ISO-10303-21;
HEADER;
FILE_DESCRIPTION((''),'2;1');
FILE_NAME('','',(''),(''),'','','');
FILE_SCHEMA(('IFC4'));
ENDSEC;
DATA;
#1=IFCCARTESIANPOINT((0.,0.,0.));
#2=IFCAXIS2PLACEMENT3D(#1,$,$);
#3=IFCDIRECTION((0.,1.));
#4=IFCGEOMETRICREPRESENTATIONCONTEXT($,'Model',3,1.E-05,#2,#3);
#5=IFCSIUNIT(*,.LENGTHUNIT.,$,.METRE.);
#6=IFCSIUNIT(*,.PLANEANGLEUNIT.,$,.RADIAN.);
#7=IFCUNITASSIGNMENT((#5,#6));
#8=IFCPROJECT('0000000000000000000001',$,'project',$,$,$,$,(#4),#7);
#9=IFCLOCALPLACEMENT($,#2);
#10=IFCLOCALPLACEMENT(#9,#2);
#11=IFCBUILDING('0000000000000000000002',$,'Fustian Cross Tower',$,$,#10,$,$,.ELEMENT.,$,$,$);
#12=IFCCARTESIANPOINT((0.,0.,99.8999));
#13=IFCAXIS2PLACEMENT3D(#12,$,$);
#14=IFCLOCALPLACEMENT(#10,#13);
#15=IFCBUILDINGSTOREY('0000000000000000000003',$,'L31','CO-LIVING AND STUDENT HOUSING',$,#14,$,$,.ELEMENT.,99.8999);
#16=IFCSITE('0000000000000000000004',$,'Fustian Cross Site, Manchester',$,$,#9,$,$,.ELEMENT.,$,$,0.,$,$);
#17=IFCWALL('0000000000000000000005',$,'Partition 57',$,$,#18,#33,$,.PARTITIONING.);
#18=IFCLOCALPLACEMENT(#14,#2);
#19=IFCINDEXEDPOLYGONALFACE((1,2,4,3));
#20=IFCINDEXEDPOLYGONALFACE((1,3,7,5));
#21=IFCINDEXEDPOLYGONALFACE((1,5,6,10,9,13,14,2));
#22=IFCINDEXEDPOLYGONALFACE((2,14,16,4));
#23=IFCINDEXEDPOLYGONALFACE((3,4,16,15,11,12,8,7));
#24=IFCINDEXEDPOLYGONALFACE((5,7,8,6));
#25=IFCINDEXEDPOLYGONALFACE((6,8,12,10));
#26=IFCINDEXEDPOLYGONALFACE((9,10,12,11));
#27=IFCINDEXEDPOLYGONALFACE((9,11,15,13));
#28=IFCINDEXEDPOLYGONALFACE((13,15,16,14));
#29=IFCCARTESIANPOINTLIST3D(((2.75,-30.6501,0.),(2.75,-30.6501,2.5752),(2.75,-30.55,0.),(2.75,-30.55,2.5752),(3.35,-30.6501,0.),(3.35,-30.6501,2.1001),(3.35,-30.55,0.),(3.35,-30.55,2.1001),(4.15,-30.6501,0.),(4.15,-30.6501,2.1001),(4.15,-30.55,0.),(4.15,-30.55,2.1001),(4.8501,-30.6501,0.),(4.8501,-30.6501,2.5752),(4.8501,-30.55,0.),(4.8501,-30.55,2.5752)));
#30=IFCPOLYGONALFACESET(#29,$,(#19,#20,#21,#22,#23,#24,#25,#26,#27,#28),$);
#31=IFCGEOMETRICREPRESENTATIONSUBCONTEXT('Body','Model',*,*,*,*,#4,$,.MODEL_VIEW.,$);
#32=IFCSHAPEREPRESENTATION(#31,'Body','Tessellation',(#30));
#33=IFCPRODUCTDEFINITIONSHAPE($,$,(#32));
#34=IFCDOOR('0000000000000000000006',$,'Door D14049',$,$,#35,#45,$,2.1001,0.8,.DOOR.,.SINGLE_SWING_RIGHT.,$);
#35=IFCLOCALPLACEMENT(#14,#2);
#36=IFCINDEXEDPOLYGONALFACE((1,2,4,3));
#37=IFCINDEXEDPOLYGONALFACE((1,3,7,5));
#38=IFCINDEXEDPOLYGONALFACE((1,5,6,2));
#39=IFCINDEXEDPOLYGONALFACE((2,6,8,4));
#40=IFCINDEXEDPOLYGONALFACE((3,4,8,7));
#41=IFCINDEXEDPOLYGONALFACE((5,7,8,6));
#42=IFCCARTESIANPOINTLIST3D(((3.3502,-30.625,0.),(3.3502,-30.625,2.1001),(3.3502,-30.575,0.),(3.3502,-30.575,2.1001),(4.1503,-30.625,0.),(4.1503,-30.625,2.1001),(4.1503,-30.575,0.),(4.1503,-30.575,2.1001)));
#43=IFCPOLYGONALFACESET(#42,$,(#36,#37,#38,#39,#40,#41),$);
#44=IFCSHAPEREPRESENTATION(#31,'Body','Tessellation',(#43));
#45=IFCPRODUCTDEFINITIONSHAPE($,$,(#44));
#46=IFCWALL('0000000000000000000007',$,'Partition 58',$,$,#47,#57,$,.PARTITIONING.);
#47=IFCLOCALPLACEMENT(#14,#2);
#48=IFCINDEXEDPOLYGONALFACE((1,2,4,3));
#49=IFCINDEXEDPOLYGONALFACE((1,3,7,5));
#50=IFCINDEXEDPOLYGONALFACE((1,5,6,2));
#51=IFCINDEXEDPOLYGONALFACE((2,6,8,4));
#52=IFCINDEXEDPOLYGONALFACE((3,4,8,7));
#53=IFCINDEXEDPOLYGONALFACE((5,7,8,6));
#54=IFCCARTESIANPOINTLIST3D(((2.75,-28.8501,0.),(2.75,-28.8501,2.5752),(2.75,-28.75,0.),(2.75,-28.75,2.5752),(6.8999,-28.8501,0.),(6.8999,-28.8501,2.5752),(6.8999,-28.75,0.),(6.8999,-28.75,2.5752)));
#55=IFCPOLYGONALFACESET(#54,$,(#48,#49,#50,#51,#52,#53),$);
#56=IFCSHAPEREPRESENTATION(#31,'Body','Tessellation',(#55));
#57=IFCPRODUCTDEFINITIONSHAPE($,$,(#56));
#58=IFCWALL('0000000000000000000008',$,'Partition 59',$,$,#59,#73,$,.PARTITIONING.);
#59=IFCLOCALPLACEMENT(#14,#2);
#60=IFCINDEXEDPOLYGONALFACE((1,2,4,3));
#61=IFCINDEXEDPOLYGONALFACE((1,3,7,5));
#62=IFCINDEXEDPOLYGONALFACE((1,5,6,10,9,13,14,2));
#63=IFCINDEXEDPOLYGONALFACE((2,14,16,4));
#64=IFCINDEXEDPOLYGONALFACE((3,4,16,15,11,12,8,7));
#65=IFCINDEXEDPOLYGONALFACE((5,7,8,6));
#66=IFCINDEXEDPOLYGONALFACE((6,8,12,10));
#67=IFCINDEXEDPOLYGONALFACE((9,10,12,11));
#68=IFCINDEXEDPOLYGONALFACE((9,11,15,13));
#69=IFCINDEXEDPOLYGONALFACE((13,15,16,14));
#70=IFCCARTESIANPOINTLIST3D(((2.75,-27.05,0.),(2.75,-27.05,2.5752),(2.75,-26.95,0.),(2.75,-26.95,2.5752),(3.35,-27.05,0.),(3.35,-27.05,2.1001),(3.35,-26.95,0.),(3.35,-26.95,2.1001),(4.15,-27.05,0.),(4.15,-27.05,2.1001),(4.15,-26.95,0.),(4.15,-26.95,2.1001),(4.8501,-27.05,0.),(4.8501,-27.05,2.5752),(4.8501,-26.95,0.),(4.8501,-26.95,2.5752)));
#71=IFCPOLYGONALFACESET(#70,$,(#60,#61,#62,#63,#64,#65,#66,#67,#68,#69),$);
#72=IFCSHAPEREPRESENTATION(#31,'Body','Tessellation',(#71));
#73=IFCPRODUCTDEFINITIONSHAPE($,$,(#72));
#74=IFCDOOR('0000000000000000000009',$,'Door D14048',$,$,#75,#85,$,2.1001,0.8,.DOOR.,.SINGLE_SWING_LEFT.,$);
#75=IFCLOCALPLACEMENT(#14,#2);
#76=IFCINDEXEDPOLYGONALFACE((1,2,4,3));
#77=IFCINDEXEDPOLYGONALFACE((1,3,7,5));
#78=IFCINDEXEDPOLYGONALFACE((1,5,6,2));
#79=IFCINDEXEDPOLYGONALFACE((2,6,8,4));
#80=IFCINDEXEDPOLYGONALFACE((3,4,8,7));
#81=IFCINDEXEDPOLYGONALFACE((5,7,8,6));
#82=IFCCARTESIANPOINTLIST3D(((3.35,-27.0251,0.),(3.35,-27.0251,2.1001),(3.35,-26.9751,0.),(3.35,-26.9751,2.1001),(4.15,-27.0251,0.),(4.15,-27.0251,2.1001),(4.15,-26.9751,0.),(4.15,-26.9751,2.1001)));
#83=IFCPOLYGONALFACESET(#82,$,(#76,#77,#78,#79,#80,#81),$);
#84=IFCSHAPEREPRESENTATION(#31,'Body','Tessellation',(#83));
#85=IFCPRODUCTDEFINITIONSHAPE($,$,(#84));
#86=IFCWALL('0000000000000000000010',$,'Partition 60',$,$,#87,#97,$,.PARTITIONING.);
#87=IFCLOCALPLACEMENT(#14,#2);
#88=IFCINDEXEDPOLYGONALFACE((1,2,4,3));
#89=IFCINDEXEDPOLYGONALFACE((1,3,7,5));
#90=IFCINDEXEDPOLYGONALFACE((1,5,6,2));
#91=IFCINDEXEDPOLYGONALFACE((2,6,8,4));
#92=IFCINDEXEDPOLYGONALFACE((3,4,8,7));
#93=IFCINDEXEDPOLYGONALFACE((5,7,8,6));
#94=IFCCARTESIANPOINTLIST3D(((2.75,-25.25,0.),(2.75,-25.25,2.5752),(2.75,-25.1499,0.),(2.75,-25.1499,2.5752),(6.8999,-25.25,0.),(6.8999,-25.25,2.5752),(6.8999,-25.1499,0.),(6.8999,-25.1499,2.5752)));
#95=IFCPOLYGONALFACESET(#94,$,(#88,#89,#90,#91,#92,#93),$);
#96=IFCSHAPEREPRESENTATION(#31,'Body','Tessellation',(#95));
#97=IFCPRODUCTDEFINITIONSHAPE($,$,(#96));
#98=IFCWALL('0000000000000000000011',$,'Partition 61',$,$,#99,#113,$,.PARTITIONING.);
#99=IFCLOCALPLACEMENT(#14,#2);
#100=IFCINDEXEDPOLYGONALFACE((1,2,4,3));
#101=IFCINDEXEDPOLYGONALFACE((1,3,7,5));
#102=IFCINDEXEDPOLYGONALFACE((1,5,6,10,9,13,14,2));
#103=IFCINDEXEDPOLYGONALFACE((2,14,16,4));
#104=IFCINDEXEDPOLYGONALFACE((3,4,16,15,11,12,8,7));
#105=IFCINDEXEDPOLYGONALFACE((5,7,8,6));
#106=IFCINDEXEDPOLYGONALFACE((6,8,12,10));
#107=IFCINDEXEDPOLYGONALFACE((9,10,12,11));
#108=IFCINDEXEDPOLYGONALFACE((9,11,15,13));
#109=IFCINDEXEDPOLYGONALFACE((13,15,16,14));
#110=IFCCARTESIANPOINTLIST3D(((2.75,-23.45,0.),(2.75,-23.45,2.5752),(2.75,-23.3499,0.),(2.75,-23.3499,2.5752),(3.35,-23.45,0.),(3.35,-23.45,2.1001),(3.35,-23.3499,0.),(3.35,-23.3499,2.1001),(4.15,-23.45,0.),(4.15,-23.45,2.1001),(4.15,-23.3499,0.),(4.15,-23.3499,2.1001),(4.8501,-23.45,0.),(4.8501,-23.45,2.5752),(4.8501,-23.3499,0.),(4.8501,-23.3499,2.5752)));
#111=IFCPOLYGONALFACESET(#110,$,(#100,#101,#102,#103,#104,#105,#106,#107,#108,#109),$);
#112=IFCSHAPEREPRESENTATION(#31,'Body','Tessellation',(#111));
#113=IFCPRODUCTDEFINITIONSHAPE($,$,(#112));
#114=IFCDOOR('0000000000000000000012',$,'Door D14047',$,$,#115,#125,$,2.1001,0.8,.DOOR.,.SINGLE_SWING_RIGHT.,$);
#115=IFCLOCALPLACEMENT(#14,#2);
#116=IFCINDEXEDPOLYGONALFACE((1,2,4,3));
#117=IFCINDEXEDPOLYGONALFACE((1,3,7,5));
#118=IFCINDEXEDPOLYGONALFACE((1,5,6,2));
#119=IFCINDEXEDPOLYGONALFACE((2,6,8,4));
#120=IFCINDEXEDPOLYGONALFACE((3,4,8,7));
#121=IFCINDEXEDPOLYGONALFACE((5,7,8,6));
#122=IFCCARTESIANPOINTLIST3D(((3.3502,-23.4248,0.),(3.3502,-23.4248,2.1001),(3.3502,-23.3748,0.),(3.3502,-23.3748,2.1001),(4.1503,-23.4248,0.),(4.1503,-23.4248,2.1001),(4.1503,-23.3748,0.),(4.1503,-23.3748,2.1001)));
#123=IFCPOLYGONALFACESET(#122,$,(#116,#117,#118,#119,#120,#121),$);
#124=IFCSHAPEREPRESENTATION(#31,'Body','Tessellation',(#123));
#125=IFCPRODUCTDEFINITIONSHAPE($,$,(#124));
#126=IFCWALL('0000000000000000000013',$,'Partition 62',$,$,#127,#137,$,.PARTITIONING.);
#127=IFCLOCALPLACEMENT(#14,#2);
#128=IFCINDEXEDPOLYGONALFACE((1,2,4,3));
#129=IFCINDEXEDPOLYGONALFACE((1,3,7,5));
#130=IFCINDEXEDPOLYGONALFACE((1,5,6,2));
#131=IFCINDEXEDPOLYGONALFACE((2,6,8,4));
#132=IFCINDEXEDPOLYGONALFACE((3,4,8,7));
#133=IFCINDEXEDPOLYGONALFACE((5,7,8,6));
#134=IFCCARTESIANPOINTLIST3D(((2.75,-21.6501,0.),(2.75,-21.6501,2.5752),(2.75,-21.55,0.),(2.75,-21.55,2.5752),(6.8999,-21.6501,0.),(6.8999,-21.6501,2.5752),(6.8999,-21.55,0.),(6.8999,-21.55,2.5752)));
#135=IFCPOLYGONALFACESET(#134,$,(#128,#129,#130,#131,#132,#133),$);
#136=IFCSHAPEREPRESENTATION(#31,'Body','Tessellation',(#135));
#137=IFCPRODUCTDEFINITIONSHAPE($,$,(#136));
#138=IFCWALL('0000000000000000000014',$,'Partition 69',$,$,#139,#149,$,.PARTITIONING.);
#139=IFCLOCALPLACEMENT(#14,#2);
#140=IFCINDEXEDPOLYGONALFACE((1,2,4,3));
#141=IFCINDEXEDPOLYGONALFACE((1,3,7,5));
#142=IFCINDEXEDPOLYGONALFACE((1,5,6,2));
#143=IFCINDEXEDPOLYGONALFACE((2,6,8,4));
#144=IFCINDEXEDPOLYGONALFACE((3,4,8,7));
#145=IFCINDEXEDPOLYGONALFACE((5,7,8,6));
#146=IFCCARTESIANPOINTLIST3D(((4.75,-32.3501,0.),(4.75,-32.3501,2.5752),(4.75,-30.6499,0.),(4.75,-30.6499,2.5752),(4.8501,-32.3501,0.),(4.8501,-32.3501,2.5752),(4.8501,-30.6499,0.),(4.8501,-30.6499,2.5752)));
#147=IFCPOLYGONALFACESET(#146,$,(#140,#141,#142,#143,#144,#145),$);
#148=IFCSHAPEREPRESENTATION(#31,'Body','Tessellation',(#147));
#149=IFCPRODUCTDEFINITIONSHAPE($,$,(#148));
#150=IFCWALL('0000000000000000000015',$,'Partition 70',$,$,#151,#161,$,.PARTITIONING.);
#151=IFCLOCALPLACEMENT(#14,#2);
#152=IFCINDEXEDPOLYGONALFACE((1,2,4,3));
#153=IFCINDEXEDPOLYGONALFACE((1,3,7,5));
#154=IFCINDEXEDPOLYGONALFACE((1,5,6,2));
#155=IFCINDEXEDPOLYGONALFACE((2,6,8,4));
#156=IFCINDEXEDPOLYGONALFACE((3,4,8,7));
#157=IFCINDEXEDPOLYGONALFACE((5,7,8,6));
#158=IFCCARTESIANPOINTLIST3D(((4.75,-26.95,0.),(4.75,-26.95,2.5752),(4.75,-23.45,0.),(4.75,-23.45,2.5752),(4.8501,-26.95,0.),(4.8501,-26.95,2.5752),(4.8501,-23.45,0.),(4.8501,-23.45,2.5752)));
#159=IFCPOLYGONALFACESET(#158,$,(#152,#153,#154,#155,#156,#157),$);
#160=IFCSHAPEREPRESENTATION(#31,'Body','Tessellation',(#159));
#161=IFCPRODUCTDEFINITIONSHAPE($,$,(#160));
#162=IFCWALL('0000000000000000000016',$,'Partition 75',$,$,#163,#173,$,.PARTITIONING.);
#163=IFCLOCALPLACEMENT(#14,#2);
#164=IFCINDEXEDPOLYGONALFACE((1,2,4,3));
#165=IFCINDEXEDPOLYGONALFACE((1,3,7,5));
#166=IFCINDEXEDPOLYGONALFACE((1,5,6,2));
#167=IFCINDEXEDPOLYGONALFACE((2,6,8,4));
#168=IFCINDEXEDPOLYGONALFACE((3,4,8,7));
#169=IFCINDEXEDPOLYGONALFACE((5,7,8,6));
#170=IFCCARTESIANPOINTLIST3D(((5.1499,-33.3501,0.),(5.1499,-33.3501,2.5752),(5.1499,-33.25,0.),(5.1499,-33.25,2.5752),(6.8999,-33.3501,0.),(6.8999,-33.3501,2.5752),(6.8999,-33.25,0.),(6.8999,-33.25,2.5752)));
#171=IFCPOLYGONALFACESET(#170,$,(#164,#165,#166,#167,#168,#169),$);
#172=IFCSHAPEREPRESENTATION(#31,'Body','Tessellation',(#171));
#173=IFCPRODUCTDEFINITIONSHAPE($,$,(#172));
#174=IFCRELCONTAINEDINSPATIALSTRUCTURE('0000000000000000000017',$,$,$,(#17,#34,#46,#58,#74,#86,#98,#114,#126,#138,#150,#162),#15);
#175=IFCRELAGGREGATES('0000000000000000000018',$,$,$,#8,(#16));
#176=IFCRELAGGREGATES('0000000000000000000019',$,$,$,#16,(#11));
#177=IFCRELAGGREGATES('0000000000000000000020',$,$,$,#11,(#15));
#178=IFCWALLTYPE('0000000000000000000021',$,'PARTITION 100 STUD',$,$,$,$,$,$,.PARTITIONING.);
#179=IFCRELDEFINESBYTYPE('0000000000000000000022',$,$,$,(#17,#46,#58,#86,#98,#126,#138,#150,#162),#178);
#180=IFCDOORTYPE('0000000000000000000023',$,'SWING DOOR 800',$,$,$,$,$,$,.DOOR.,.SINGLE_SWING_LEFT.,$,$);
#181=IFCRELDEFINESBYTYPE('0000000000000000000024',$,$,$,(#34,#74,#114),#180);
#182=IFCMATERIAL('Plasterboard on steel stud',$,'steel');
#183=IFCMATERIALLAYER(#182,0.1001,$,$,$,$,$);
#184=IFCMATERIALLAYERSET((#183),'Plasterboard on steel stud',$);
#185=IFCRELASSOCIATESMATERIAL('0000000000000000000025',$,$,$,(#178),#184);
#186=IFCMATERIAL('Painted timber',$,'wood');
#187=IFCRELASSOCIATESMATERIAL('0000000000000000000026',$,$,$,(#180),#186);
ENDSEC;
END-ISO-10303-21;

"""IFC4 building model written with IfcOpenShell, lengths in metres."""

from ifc_helpers import new_model, si_unit, direction, frame, frame_2d, origin, place, context, subcontext, project, spatial, rectangle, extrude, material, layer, layer_set, type_object, element, fill, save


model = new_model("IFC4")

# Units and contexts
model_context = context("Model", 3, precision=1e-05, world=origin(), true_north=direction((0.0, 1.0)))
body_context = subcontext(model_context, "Body", "Model", "MODEL_VIEW")
ifc_project = project(units=[si_unit("LENGTHUNIT", "METRE"), si_unit("PLANEANGLEUNIT", "RADIAN")], contexts=[model_context])

# Site, building, storey
site_placement = place(None, origin())
site = spatial("IfcSite", under=ifc_project, at=site_placement, Name="Fustian Cross Site, Manchester", CompositionType="ELEMENT", RefElevation=0.0)
building_placement = place(site_placement, origin())
building = spatial("IfcBuilding", under=site, at=building_placement, Name="Fustian Cross Tower", CompositionType="ELEMENT")
storey_placement = place(building_placement, frame((0.0, 0.0, 99.8999)))
storey = spatial("IfcBuildingStorey", under=building, at=storey_placement, Name="L31", Description="CO-LIVING AND STUDENT HOUSING", CompositionType="ELEMENT", Elevation=99.8999)

# Shared definitions
ifc_material_1 = material(Name="Plasterboard on steel stud", Category="steel")
ifc_layer = layer(ifc_material_1, 0.1001)
ifc_layer_set = layer_set([ifc_layer], Name="Plasterboard on steel stud")
wall_type = type_object("IfcWallType", Name="PARTITION 100 STUD", PredefinedType="PARTITIONING", material=ifc_layer_set)

# Wall, opening, door
wall_1_placement = place(storey_placement, frame((2.75, -30.6001, 0.0), z_axis=(0.0, 0.0, 1.0), x_axis=(1.0, 0.0, 0.0)))
wall_1 = element("IfcWall", 1, at=wall_1_placement, inside=storey, type_object=wall_type, Name="Partition 57", PredefinedType="PARTITIONING", context=body_context, shape_type="SweptSolid", body=[
    extrude(rectangle(XDim=2.1001, YDim=0.1001, at=frame_2d((1.05, 0.0))), origin(), (0.0, 0.0, 1.0), 2.5752),
])
opening_1_placement = place(wall_1_placement, frame((0.6001, 0.0, 0.0)))
opening_1 = element("IfcOpeningElement", 2, at=opening_1_placement, cuts=wall_1, PredefinedType="OPENING", context=body_context, shape_type="SweptSolid", body=[
    extrude(rectangle(XDim=0.8, YDim=2.1001, at=frame_2d((0.3999, 1.05))), frame((0.0, 0.0601, 0.0), z_axis=(0.0, -1.0, 0.0), x_axis=(1.0, 0.0, 0.0)), (0.0, 0.0, 1.0), 0.1201),
])
ifc_material_2 = material(Name="Painted timber", Category="wood")
door_type_1 = type_object("IfcDoorType", Name="SWING DOOR 800", OperationType="SINGLE_SWING_LEFT", PredefinedType="DOOR", material=ifc_material_2)
door_1_placement = place(opening_1_placement, frame((0.8, 0.0, 0.0), z_axis=(0.0, 0.0, 1.0), x_axis=(-1.0, 0.0, 0.0)))
door_1 = element("IfcDoor", 3, at=door_1_placement, inside=storey, type_object=door_type_1, Name="Door D14049", OperationType="SINGLE_SWING_RIGHT", OverallHeight=2.1001, OverallWidth=0.8, PredefinedType="DOOR", context=body_context, shape_type="SweptSolid", body=[
    extrude(rectangle(XDim=0.8, YDim=2.1001, at=frame_2d((0.3999, 1.05))), frame((0.0, 0.0249, 0.0), z_axis=(0.0, -1.0, 0.0), x_axis=(1.0, 0.0, 0.0)), (0.0, 0.0, 1.0), 0.05),
])
fill(opening_1, door_1)

# Wall
wall_2_placement = place(storey_placement, frame((2.75, -28.8, 0.0), z_axis=(0.0, 0.0, 1.0), x_axis=(1.0, 0.0, 0.0)))
element("IfcWall", 4, at=wall_2_placement, inside=storey, type_object=wall_type, Name="Partition 58", PredefinedType="PARTITIONING", context=body_context, shape_type="SweptSolid", body=[
    extrude(rectangle(XDim=4.1499, YDim=0.1001, at=frame_2d((2.075, 0.0))), origin(), (0.0, 0.0, 1.0), 2.5752),
])

# Wall, opening, door
wall_3_placement = place(storey_placement, frame((2.75, -27.0, 0.0), z_axis=(0.0, 0.0, 1.0), x_axis=(1.0, 0.0, 0.0)))
wall_3 = element("IfcWall", 5, at=wall_3_placement, inside=storey, type_object=wall_type, Name="Partition 59", PredefinedType="PARTITIONING", context=body_context, shape_type="SweptSolid", body=[
    extrude(rectangle(XDim=2.1001, YDim=0.1001, at=frame_2d((1.05, 0.0))), origin(), (0.0, 0.0, 1.0), 2.5752),
])
opening_2_placement = place(wall_3_placement, frame((0.6001, 0.0, 0.0)))
opening_2 = element("IfcOpeningElement", 6, at=opening_2_placement, cuts=wall_3, PredefinedType="OPENING", context=body_context, shape_type="SweptSolid", body=[
    extrude(rectangle(XDim=0.8, YDim=2.1001, at=frame_2d((0.3999, 1.05))), frame((0.0, 0.0601, 0.0), z_axis=(0.0, -1.0, 0.0), x_axis=(1.0, 0.0, 0.0)), (0.0, 0.0, 1.0), 0.1201),
])
door_2_placement = place(opening_2_placement, origin())
door_2 = element("IfcDoor", 7, at=door_2_placement, inside=storey, type_object=door_type_1, Name="Door D14048", OperationType="SINGLE_SWING_LEFT", OverallHeight=2.1001, OverallWidth=0.8, PredefinedType="DOOR", context=body_context, shape_type="SweptSolid", body=[
    extrude(rectangle(XDim=0.8, YDim=2.1001, at=frame_2d((0.3999, 1.05))), frame((0.0, 0.0249, 0.0), z_axis=(0.0, -1.0, 0.0), x_axis=(1.0, 0.0, 0.0)), (0.0, 0.0, 1.0), 0.05),
])
fill(opening_2, door_2)

# Wall
wall_4_placement = place(storey_placement, frame((2.75, -25.2, 0.0), z_axis=(0.0, 0.0, 1.0), x_axis=(1.0, 0.0, 0.0)))
element("IfcWall", 8, at=wall_4_placement, inside=storey, type_object=wall_type, Name="Partition 60", PredefinedType="PARTITIONING", context=body_context, shape_type="SweptSolid", body=[
    extrude(rectangle(XDim=4.1499, YDim=0.1001, at=frame_2d((2.075, 0.0))), origin(), (0.0, 0.0, 1.0), 2.5752),
])

# Wall, opening, door
wall_5_placement = place(storey_placement, frame((2.75, -23.3999, 0.0), z_axis=(0.0, 0.0, 1.0), x_axis=(1.0, 0.0, 0.0)))
wall_5 = element("IfcWall", 9, at=wall_5_placement, inside=storey, type_object=wall_type, Name="Partition 61", PredefinedType="PARTITIONING", context=body_context, shape_type="SweptSolid", body=[
    extrude(rectangle(XDim=2.1001, YDim=0.1001, at=frame_2d((1.05, 0.0))), origin(), (0.0, 0.0, 1.0), 2.5752),
])
opening_3_placement = place(wall_5_placement, frame((0.6001, 0.0, 0.0)))
opening_3 = element("IfcOpeningElement", 10, at=opening_3_placement, cuts=wall_5, PredefinedType="OPENING", context=body_context, shape_type="SweptSolid", body=[
    extrude(rectangle(XDim=0.8, YDim=2.1001, at=frame_2d((0.3999, 1.05))), frame((0.0, 0.0601, 0.0), z_axis=(0.0, -1.0, 0.0), x_axis=(1.0, 0.0, 0.0)), (0.0, 0.0, 1.0), 0.1201),
])
door_3_placement = place(opening_3_placement, frame((0.8, 0.0, 0.0), z_axis=(0.0, 0.0, 1.0), x_axis=(-1.0, 0.0, 0.0)))
door_3 = element("IfcDoor", 11, at=door_3_placement, inside=storey, type_object=door_type_1, Name="Door D14047", OperationType="SINGLE_SWING_RIGHT", OverallHeight=2.1001, OverallWidth=0.8, PredefinedType="DOOR", context=body_context, shape_type="SweptSolid", body=[
    extrude(rectangle(XDim=0.8, YDim=2.1001, at=frame_2d((0.3999, 1.05))), frame((0.0, 0.0249, 0.0), z_axis=(0.0, -1.0, 0.0), x_axis=(1.0, 0.0, 0.0)), (0.0, 0.0, 1.0), 0.05),
])
fill(opening_3, door_3)

# Walls
wall_6_placement = place(storey_placement, frame((2.75, -21.6001, 0.0), z_axis=(0.0, 0.0, 1.0), x_axis=(1.0, 0.0, 0.0)))
element("IfcWall", 12, at=wall_6_placement, inside=storey, type_object=wall_type, Name="Partition 62", PredefinedType="PARTITIONING", context=body_context, shape_type="SweptSolid", body=[
    extrude(rectangle(XDim=4.1499, YDim=0.1001, at=frame_2d((2.075, 0.0))), origin(), (0.0, 0.0, 1.0), 2.5752),
])
wall_7_placement = place(storey_placement, frame((4.8, -32.3501, 0.0), z_axis=(0.0, 0.0, 1.0), x_axis=(0.0, 1.0, 0.0)))
element("IfcWall", 13, at=wall_7_placement, inside=storey, type_object=wall_type, Name="Partition 69", PredefinedType="PARTITIONING", context=body_context, shape_type="SweptSolid", body=[
    extrude(rectangle(XDim=1.7002, YDim=0.1001, at=frame_2d((0.8501, 0.0))), origin(), (0.0, 0.0, 1.0), 2.5752),
])
wall_8_placement = place(storey_placement, frame((4.8, -26.95, 0.0), z_axis=(0.0, 0.0, 1.0), x_axis=(0.0, 1.0, 0.0)))
element("IfcWall", 14, at=wall_8_placement, inside=storey, type_object=wall_type, Name="Partition 70", PredefinedType="PARTITIONING", context=body_context, shape_type="SweptSolid", body=[
    extrude(rectangle(XDim=3.5, YDim=0.1001, at=frame_2d((1.75, 0.0))), origin(), (0.0, 0.0, 1.0), 2.5752),
])
wall_9_placement = place(storey_placement, frame((5.1499, -33.3, 0.0), z_axis=(0.0, 0.0, 1.0), x_axis=(1.0, 0.0, 0.0)))
element("IfcWall", 15, at=wall_9_placement, inside=storey, type_object=wall_type, Name="Partition 75", PredefinedType="PARTITIONING", context=body_context, shape_type="SweptSolid", body=[
    extrude(rectangle(XDim=1.75, YDim=0.1001, at=frame_2d((0.875, 0.0))), origin(), (0.0, 0.0, 1.0), 2.5752),
])

save(model, "model.ifc")
